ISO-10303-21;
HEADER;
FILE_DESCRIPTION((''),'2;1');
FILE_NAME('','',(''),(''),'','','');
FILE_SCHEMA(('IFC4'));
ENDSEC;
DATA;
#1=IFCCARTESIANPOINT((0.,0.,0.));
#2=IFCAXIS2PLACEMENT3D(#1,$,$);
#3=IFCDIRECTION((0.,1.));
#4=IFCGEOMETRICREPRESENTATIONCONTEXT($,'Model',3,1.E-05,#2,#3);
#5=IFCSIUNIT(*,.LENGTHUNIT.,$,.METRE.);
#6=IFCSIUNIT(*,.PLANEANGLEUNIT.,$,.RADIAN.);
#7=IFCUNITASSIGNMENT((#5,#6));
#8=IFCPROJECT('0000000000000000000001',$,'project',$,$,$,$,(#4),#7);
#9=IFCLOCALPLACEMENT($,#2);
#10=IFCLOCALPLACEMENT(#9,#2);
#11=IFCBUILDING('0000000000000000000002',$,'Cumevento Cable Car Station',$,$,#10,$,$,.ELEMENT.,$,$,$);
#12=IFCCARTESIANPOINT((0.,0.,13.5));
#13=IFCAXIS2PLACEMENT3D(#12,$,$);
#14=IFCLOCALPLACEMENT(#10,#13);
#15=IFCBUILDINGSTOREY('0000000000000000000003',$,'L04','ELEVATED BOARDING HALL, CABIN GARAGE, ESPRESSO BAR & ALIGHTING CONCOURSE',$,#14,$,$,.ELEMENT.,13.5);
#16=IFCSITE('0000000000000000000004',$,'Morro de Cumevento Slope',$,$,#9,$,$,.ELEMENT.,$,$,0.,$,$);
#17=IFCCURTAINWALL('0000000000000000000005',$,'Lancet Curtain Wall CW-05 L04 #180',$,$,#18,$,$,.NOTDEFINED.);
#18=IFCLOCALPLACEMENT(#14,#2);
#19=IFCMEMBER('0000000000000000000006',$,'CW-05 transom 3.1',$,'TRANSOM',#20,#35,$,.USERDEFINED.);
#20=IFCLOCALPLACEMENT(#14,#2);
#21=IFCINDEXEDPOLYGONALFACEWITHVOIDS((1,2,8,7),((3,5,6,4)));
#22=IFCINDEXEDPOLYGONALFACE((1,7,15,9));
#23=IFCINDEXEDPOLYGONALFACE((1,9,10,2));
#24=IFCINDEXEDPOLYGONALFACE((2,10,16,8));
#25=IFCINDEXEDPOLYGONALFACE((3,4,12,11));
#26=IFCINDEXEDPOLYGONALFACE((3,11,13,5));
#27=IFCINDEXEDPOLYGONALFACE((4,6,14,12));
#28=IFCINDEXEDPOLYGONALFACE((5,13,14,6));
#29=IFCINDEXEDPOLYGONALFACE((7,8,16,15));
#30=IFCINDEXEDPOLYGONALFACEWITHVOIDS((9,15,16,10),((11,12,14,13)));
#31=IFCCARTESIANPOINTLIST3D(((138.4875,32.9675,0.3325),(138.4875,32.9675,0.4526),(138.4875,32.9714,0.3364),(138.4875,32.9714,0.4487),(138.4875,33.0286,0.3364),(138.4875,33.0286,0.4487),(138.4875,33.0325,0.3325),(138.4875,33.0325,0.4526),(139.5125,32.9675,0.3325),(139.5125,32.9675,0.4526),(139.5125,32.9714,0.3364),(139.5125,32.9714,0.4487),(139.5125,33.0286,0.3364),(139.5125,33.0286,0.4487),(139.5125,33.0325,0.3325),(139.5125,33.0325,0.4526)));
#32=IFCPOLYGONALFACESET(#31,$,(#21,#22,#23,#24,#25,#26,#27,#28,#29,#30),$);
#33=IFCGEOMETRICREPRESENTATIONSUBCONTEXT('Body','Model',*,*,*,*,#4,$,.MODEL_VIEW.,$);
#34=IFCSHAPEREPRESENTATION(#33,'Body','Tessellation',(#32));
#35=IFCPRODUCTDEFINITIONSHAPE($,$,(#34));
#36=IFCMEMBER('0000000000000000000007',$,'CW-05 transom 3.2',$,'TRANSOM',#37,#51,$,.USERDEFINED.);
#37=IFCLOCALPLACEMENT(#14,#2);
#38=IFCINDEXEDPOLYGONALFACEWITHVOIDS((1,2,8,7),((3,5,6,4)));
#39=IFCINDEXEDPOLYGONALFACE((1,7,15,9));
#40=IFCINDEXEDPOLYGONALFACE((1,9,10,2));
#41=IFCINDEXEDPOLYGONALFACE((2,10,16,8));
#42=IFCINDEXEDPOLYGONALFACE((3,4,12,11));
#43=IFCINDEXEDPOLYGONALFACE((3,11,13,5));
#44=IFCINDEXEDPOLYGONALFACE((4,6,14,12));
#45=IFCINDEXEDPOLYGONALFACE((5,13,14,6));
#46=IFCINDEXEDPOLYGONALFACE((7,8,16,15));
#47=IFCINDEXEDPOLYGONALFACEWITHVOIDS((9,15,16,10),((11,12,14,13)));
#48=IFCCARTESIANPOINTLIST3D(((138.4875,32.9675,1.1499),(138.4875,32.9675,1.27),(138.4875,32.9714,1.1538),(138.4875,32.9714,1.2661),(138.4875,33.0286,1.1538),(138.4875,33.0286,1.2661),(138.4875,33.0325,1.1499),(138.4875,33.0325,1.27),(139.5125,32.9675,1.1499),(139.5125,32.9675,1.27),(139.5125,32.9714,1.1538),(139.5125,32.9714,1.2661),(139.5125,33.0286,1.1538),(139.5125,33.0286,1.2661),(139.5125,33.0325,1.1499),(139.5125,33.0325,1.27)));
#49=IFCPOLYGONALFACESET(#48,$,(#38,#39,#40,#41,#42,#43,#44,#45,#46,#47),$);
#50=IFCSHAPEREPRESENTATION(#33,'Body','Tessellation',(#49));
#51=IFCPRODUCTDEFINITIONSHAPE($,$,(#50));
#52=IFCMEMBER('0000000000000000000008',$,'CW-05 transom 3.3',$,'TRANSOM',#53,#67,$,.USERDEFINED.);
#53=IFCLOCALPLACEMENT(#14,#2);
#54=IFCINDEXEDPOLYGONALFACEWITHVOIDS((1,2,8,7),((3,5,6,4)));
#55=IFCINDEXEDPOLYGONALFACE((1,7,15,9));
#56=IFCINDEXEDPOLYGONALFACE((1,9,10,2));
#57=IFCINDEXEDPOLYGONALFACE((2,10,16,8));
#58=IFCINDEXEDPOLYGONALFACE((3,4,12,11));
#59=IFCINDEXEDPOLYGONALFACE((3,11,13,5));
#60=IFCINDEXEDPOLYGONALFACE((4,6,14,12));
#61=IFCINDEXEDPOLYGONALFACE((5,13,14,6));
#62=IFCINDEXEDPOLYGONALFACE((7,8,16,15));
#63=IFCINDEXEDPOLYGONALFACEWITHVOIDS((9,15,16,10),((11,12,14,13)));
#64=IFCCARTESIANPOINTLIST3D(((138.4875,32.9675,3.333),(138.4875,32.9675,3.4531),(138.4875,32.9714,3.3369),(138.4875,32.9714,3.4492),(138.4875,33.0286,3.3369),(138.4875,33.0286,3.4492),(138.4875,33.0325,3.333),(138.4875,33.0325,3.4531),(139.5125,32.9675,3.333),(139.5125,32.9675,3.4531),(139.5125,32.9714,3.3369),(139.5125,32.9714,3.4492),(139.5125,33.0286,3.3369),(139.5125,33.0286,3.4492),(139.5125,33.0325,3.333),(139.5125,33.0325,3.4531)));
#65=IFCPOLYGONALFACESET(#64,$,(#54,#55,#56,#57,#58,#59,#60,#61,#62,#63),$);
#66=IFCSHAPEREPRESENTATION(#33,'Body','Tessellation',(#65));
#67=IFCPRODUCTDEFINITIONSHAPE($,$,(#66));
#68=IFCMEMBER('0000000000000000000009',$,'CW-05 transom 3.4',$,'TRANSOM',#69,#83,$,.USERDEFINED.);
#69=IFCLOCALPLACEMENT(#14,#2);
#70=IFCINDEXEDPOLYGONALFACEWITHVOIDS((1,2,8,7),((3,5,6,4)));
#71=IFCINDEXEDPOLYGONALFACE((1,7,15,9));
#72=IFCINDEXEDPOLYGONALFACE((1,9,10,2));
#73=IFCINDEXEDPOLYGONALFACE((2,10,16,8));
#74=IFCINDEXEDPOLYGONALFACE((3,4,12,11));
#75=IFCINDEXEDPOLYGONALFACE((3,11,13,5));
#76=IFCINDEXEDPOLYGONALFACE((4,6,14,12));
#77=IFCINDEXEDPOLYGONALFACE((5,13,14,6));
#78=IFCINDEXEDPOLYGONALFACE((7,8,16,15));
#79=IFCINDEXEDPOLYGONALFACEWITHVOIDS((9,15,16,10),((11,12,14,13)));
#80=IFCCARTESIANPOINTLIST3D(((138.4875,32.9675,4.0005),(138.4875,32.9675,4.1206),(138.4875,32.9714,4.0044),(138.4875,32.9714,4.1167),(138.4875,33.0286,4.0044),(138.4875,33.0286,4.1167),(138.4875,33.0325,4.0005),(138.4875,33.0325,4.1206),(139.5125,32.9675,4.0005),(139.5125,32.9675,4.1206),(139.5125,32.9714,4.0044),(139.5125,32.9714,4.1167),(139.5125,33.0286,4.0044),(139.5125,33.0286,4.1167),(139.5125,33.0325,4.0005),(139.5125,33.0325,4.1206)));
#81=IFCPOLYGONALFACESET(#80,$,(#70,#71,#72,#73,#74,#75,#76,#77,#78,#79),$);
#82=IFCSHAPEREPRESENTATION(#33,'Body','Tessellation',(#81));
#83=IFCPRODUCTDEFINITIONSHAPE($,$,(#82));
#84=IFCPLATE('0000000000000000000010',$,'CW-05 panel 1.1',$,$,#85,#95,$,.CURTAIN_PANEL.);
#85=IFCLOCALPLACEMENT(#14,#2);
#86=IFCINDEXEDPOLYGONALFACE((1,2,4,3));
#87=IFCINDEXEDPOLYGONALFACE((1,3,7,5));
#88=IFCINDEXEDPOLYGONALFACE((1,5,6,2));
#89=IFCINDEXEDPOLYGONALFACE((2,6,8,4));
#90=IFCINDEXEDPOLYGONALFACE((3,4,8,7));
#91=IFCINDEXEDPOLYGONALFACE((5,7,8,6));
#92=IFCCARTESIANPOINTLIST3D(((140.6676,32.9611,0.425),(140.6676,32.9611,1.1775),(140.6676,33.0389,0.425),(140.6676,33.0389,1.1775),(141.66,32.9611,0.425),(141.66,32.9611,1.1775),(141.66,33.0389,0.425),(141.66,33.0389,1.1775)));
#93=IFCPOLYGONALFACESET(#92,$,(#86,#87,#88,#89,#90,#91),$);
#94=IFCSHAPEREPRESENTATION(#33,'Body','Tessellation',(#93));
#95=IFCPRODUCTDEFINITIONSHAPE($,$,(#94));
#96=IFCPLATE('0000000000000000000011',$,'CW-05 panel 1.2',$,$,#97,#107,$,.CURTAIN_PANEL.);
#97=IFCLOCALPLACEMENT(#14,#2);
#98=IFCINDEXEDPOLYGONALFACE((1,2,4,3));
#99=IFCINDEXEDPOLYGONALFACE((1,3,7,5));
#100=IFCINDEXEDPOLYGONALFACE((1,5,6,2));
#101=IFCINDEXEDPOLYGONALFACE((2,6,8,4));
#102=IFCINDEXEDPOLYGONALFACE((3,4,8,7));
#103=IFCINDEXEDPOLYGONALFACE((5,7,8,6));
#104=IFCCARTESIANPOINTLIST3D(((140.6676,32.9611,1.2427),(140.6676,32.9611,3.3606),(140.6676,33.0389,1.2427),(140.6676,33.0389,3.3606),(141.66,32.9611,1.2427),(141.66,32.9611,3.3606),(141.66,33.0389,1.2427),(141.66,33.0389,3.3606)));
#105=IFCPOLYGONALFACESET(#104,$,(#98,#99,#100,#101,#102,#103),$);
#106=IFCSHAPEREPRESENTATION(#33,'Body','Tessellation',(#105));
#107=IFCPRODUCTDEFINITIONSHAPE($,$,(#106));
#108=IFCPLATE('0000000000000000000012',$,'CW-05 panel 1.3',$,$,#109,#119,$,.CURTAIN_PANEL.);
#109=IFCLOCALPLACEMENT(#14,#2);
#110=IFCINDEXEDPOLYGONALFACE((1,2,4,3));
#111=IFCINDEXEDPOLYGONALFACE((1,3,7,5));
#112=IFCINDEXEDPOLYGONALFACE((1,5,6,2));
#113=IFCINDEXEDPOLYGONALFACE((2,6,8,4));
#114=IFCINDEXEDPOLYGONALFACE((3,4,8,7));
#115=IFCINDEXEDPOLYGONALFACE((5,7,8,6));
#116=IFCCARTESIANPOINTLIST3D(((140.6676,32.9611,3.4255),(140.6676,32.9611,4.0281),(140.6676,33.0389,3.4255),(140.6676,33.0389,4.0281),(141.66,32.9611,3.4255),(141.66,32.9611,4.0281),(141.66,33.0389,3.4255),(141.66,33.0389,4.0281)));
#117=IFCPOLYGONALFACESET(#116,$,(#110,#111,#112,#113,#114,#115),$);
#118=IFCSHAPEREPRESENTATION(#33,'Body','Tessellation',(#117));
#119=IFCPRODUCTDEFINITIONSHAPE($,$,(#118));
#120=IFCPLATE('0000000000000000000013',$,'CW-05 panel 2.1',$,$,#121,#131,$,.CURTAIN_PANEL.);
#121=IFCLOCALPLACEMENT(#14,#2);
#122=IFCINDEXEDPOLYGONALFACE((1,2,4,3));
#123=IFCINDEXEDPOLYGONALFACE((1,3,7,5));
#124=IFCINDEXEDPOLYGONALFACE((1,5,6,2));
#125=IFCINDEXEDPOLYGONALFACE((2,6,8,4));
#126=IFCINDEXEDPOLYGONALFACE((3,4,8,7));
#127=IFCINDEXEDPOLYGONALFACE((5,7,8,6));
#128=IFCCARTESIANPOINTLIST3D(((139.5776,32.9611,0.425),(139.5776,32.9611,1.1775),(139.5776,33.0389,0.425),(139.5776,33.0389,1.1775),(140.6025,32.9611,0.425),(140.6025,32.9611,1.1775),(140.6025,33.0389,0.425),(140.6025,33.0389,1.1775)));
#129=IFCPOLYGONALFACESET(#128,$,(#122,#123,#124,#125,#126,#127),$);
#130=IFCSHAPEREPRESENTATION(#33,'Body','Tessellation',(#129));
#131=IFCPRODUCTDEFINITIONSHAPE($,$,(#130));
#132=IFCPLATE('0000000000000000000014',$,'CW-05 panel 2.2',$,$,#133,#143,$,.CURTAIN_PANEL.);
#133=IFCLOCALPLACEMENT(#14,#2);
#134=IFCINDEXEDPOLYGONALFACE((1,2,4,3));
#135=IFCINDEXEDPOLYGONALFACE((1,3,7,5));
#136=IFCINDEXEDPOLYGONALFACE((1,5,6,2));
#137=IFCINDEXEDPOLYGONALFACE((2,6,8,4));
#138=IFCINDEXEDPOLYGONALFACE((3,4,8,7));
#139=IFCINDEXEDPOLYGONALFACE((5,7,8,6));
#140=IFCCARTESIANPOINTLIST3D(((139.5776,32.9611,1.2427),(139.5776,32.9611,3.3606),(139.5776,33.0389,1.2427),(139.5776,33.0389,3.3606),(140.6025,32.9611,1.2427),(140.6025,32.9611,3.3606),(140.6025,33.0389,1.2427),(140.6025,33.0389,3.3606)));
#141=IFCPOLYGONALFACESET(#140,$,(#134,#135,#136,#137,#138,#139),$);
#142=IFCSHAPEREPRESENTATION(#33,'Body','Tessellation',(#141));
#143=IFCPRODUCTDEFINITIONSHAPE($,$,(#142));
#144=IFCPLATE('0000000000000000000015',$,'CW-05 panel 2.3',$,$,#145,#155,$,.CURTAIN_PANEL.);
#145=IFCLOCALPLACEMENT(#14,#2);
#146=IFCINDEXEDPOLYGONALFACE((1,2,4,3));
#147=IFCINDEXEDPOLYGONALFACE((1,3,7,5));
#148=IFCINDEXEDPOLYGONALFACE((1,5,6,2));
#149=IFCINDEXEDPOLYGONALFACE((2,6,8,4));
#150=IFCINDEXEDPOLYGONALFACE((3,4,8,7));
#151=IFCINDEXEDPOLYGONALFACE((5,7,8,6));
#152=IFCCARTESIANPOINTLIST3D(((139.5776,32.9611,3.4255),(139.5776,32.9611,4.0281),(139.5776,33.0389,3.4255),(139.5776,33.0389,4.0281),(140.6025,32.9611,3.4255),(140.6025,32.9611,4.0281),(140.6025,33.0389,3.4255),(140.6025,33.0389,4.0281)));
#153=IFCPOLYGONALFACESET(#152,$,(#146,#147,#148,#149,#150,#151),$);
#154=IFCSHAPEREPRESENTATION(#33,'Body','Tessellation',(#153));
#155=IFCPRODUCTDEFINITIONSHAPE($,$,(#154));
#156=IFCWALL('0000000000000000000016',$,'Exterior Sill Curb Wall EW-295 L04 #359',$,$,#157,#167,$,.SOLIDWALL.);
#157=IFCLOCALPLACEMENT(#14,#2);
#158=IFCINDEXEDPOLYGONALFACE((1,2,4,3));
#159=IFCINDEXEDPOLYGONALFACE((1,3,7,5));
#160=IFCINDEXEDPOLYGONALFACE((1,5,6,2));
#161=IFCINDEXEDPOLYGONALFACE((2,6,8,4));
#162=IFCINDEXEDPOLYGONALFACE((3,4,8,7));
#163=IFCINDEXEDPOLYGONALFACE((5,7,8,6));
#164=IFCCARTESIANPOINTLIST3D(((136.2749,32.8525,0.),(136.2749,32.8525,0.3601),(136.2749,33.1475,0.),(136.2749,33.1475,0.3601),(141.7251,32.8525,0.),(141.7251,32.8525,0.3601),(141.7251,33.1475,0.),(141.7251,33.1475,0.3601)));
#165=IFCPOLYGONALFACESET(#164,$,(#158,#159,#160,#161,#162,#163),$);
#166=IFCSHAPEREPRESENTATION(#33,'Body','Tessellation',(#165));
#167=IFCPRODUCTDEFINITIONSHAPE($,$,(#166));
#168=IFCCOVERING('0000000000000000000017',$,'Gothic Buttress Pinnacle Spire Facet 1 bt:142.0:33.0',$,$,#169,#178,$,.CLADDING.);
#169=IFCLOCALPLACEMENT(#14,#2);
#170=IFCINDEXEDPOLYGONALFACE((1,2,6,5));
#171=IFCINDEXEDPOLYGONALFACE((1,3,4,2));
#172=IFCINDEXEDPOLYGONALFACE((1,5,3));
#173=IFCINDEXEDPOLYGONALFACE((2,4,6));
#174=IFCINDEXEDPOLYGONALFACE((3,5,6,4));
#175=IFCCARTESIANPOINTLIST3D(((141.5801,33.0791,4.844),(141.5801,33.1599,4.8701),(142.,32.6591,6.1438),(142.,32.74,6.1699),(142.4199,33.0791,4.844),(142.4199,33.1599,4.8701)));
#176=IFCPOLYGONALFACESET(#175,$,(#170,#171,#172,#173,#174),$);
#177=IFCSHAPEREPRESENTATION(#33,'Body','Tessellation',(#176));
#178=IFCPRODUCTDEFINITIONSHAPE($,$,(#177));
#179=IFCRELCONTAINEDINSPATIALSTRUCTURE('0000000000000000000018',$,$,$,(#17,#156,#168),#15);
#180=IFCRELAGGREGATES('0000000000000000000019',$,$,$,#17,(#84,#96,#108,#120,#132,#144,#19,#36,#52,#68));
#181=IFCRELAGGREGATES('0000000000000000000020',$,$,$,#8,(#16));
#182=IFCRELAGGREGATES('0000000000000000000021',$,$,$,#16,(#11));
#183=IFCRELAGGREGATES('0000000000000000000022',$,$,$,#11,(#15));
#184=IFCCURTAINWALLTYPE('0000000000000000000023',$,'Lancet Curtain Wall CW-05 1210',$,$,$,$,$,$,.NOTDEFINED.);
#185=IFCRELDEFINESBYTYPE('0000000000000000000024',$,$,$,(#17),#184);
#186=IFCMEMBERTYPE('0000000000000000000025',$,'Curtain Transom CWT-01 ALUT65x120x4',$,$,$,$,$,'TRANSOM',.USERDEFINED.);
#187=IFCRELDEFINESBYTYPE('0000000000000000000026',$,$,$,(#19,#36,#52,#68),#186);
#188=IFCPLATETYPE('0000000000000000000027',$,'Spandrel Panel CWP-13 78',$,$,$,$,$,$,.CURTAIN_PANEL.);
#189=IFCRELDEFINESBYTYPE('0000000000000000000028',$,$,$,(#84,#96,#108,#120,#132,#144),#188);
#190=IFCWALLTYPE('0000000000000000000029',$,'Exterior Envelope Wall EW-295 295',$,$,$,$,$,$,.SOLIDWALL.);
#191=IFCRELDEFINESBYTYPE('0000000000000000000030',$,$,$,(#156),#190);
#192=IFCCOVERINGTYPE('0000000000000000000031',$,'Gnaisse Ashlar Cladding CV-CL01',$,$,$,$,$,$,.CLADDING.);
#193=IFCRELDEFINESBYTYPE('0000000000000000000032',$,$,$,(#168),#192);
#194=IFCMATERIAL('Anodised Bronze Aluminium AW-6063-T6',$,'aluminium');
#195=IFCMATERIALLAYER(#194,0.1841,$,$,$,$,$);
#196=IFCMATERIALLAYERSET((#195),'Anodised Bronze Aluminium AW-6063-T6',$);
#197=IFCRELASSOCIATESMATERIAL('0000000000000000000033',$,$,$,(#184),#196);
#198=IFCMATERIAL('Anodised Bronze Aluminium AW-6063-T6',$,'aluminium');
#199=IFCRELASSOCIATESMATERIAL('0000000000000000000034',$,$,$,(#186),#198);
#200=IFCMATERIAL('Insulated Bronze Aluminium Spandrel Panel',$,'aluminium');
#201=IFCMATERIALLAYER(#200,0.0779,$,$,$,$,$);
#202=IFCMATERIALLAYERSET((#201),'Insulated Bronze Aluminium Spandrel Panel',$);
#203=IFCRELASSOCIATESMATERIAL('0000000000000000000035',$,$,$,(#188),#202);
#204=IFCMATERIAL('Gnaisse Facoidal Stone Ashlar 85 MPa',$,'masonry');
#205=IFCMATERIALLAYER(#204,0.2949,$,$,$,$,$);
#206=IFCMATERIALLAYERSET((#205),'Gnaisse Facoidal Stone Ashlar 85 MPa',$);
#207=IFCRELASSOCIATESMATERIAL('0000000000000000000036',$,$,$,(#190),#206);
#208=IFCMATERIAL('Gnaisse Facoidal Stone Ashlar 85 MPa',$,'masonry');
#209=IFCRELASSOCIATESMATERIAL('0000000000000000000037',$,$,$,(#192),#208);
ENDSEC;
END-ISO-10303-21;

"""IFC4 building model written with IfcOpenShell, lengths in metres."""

from ifc_helpers import new_model, si_unit, direction, frame, frame_2d, origin, origin_2d, place, context, subcontext, project, spatial, polyline, rectangle, hollow_rectangle, outline, extrude, material, layer, layer_set, material_profile, profile_set, type_object, element, aggregate, save


model = new_model("IFC4")

# Units and contexts
model_context = context("Model", 3, precision=1e-05, world=origin(), true_north=direction((0.0, 1.0)))
body_context = subcontext(model_context, "Body", "Model", "MODEL_VIEW")
ifc_project = project(units=[si_unit("LENGTHUNIT", "METRE"), si_unit("PLANEANGLEUNIT", "RADIAN")], contexts=[model_context])

# Site, building, storey
site_placement = place(None, origin())
site = spatial("IfcSite", under=ifc_project, at=site_placement, Name="Morro de Cumevento Slope", CompositionType="ELEMENT", RefElevation=0.0)
building_placement = place(site_placement, origin())
building = spatial("IfcBuilding", under=site, at=building_placement, Name="Cumevento Cable Car Station", CompositionType="ELEMENT")
storey_placement = place(building_placement, frame((0.0, 0.0, 13.5)))
storey = spatial("IfcBuildingStorey", under=building, at=storey_placement, Name="L04", Description="ELEVATED BOARDING HALL, CABIN GARAGE, ESPRESSO BAR & ALIGHTING CONCOURSE", CompositionType="ELEMENT", Elevation=13.5)

# Curtain wall, members, plates
ifc_material_1 = material(Name="Anodised Bronze Aluminium AW-6063-T6", Category="aluminium")
ifc_layer_1 = layer(ifc_material_1, 0.1841)
ifc_layer_set_1 = layer_set([ifc_layer_1], Name="Anodised Bronze Aluminium AW-6063-T6")
curtain_wall_type = type_object("IfcCurtainWallType", Name="Lancet Curtain Wall CW-05 1210", PredefinedType="NOTDEFINED", material=ifc_layer_set_1)
curtain_wall_placement = place(storey_placement, origin())
curtain_wall = element("IfcCurtainWall", 1, at=curtain_wall_placement, inside=storey, type_object=curtain_wall_type, Name="Lancet Curtain Wall CW-05 L04 #180", PredefinedType="NOTDEFINED")
ifc_material_2 = material(Name="Anodised Bronze Aluminium AW-6063-T6", Category="aluminium")
ifc_material_profile_1 = material_profile(ifc_material_2, hollow_rectangle(XDim=0.0649, YDim=0.1201, WallThickness=0.0039, at=origin_2d()), Name="ALUT65x120x4")
ifc_profile_set_1 = profile_set([ifc_material_profile_1], Name="Anodised Bronze Aluminium AW-6063-T6")
member_type_1 = type_object("IfcMemberType", Name="Curtain Transom CWT-01 ALUT65x120x4", ElementType="TRANSOM", PredefinedType="USERDEFINED", material=ifc_profile_set_1)
member_1_placement = place(storey_placement, frame((139.5125, 33.0, 0.3926), z_axis=(-1.0, 0.0, 0.0), x_axis=(0.0, -1.0, 0.0)))
member_1 = element("IfcMember", 2, at=member_1_placement, type_object=member_type_1, Name="CW-05 transom 3.1", ObjectType="TRANSOM", PredefinedType="USERDEFINED", context=body_context, shape_type="SweptSolid", body=[
    extrude(hollow_rectangle(XDim=0.0649, YDim=0.1201, WallThickness=0.0039, at=origin_2d()), origin(), (0.0, 0.0, 1.0), 1.0249),
])
member_2_placement = place(storey_placement, frame((139.5125, 33.0, 1.21), z_axis=(-1.0, 0.0, 0.0), x_axis=(0.0, -1.0, 0.0)))
member_2 = element("IfcMember", 3, at=member_2_placement, type_object=member_type_1, Name="CW-05 transom 3.2", ObjectType="TRANSOM", PredefinedType="USERDEFINED", context=body_context, shape_type="SweptSolid", body=[
    extrude(hollow_rectangle(XDim=0.0649, YDim=0.1201, WallThickness=0.0039, at=origin_2d()), origin(), (0.0, 0.0, 1.0), 1.0249),
])
member_3_placement = place(storey_placement, frame((139.5125, 33.0, 3.3931), z_axis=(-1.0, 0.0, 0.0), x_axis=(0.0, -1.0, 0.0)))
member_3 = element("IfcMember", 4, at=member_3_placement, type_object=member_type_1, Name="CW-05 transom 3.3", ObjectType="TRANSOM", PredefinedType="USERDEFINED", context=body_context, shape_type="SweptSolid", body=[
    extrude(hollow_rectangle(XDim=0.0649, YDim=0.1201, WallThickness=0.0039, at=origin_2d()), origin(), (0.0, 0.0, 1.0), 1.0249),
])
member_4_placement = place(storey_placement, frame((139.5125, 33.0, 4.0605), z_axis=(-1.0, 0.0, 0.0), x_axis=(0.0, -1.0, 0.0)))
member_4 = element("IfcMember", 5, at=member_4_placement, type_object=member_type_1, Name="CW-05 transom 3.4", ObjectType="TRANSOM", PredefinedType="USERDEFINED", context=body_context, shape_type="SweptSolid", body=[
    extrude(hollow_rectangle(XDim=0.0649, YDim=0.1201, WallThickness=0.0039, at=origin_2d()), origin(), (0.0, 0.0, 1.0), 1.0249),
])
ifc_material_3 = material(Name="Insulated Bronze Aluminium Spandrel Panel", Category="aluminium")
ifc_layer_2 = layer(ifc_material_3, 0.0779)
ifc_layer_set_2 = layer_set([ifc_layer_2], Name="Insulated Bronze Aluminium Spandrel Panel")
plate_type = type_object("IfcPlateType", Name="Spandrel Panel CWP-13 78", PredefinedType="CURTAIN_PANEL", material=ifc_layer_set_2)
plate_1_placement = place(storey_placement, frame((141.1638, 33.0, 0.425), z_axis=(0.0, 0.0, 1.0), x_axis=(-1.0, 0.0, 0.0)))
plate_1 = element("IfcPlate", 6, at=plate_1_placement, type_object=plate_type, Name="CW-05 panel 1.1", PredefinedType="CURTAIN_PANEL", context=body_context, shape_type="SweptSolid", body=[
    extrude(rectangle(XDim=0.9924, YDim=0.0779, at=origin_2d()), origin(), (0.0, 0.0, 1.0), 0.7524),
])
plate_2_placement = place(storey_placement, frame((141.1638, 33.0, 1.2427), z_axis=(0.0, 0.0, 1.0), x_axis=(-1.0, 0.0, 0.0)))
plate_2 = element("IfcPlate", 7, at=plate_2_placement, type_object=plate_type, Name="CW-05 panel 1.2", PredefinedType="CURTAIN_PANEL", context=body_context, shape_type="SweptSolid", body=[
    extrude(rectangle(XDim=0.9924, YDim=0.0779, at=origin_2d()), origin(), (0.0, 0.0, 1.0), 2.1179),
])
plate_3_placement = place(storey_placement, frame((141.1638, 33.0, 3.4255), z_axis=(0.0, 0.0, 1.0), x_axis=(-1.0, 0.0, 0.0)))
plate_3 = element("IfcPlate", 8, at=plate_3_placement, type_object=plate_type, Name="CW-05 panel 1.3", PredefinedType="CURTAIN_PANEL", context=body_context, shape_type="SweptSolid", body=[
    extrude(rectangle(XDim=0.9924, YDim=0.0779, at=origin_2d()), origin(), (0.0, 0.0, 1.0), 0.6025),
])
plate_4_placement = place(storey_placement, frame((140.0901, 33.0, 0.425), z_axis=(0.0, 0.0, 1.0), x_axis=(-1.0, 0.0, 0.0)))
plate_4 = element("IfcPlate", 9, at=plate_4_placement, type_object=plate_type, Name="CW-05 panel 2.1", PredefinedType="CURTAIN_PANEL", context=body_context, shape_type="SweptSolid", body=[
    extrude(rectangle(XDim=1.0249, YDim=0.0779, at=origin_2d()), origin(), (0.0, 0.0, 1.0), 0.7524),
])
plate_5_placement = place(storey_placement, frame((140.0901, 33.0, 1.2427), z_axis=(0.0, 0.0, 1.0), x_axis=(-1.0, 0.0, 0.0)))
plate_5 = element("IfcPlate", 10, at=plate_5_placement, type_object=plate_type, Name="CW-05 panel 2.2", PredefinedType="CURTAIN_PANEL", context=body_context, shape_type="SweptSolid", body=[
    extrude(rectangle(XDim=1.0249, YDim=0.0779, at=origin_2d()), origin(), (0.0, 0.0, 1.0), 2.1179),
])
plate_6_placement = place(storey_placement, frame((140.0901, 33.0, 3.4255), z_axis=(0.0, 0.0, 1.0), x_axis=(-1.0, 0.0, 0.0)))
plate_6 = element("IfcPlate", 11, at=plate_6_placement, type_object=plate_type, Name="CW-05 panel 2.3", PredefinedType="CURTAIN_PANEL", context=body_context, shape_type="SweptSolid", body=[
    extrude(rectangle(XDim=1.0249, YDim=0.0779, at=origin_2d()), origin(), (0.0, 0.0, 1.0), 0.6025),
])
aggregate(curtain_wall, [plate_1, plate_2, plate_3, plate_4, plate_5, plate_6, member_1, member_2, member_3, member_4])

# Wall
ifc_material_4 = material(Name="Gnaisse Facoidal Stone Ashlar 85 MPa", Category="masonry")
ifc_layer_3 = layer(ifc_material_4, 0.2949)
ifc_layer_set_3 = layer_set([ifc_layer_3], Name="Gnaisse Facoidal Stone Ashlar 85 MPa")
wall_type = type_object("IfcWallType", Name="Exterior Envelope Wall EW-295 295", PredefinedType="SOLIDWALL", material=ifc_layer_set_3)
wall_placement = place(storey_placement, frame((141.7251, 33.0, 0.0), z_axis=(0.0, 0.0, 1.0), x_axis=(-1.0, 0.0, 0.0)))
element("IfcWall", 12, at=wall_placement, inside=storey, type_object=wall_type, Name="Exterior Sill Curb Wall EW-295 L04 #359", PredefinedType="SOLIDWALL", context=body_context, shape_type="SweptSolid", body=[
    extrude(rectangle(XDim=5.4502, YDim=0.2949, at=frame_2d((2.7251, 0.0))), origin(), (0.0, 0.0, 1.0), 0.3601),
])

# Covering
ifc_material_5 = material(Name="Gnaisse Facoidal Stone Ashlar 85 MPa", Category="masonry")
covering_type = type_object("IfcCoveringType", Name="Gnaisse Ashlar Cladding CV-CL01", PredefinedType="CLADDING", material=ifc_material_5)
covering_1_placement = place(storey_placement, frame((141.5801, 33.1599, 4.8701), z_axis=(0.0, 0.951574, 0.307421), x_axis=(1.0, 0.0, 0.0)))
element("IfcCovering", 13, at=covering_1_placement, inside=storey, type_object=covering_type, Name="Gothic Buttress Pinnacle Spire Facet 1 bt:142.0:33.0", PredefinedType="CLADDING", context=body_context, shape_type="SweptSolid", body=[
    extrude(outline(polyline([(0.0, 0.0), (0.8398, 0.0), (0.4199, -1.366), (0.0, 0.0)])), origin(), (0.0, 0.0, -1.0), 0.085),
])

save(model, "model.ifc")
